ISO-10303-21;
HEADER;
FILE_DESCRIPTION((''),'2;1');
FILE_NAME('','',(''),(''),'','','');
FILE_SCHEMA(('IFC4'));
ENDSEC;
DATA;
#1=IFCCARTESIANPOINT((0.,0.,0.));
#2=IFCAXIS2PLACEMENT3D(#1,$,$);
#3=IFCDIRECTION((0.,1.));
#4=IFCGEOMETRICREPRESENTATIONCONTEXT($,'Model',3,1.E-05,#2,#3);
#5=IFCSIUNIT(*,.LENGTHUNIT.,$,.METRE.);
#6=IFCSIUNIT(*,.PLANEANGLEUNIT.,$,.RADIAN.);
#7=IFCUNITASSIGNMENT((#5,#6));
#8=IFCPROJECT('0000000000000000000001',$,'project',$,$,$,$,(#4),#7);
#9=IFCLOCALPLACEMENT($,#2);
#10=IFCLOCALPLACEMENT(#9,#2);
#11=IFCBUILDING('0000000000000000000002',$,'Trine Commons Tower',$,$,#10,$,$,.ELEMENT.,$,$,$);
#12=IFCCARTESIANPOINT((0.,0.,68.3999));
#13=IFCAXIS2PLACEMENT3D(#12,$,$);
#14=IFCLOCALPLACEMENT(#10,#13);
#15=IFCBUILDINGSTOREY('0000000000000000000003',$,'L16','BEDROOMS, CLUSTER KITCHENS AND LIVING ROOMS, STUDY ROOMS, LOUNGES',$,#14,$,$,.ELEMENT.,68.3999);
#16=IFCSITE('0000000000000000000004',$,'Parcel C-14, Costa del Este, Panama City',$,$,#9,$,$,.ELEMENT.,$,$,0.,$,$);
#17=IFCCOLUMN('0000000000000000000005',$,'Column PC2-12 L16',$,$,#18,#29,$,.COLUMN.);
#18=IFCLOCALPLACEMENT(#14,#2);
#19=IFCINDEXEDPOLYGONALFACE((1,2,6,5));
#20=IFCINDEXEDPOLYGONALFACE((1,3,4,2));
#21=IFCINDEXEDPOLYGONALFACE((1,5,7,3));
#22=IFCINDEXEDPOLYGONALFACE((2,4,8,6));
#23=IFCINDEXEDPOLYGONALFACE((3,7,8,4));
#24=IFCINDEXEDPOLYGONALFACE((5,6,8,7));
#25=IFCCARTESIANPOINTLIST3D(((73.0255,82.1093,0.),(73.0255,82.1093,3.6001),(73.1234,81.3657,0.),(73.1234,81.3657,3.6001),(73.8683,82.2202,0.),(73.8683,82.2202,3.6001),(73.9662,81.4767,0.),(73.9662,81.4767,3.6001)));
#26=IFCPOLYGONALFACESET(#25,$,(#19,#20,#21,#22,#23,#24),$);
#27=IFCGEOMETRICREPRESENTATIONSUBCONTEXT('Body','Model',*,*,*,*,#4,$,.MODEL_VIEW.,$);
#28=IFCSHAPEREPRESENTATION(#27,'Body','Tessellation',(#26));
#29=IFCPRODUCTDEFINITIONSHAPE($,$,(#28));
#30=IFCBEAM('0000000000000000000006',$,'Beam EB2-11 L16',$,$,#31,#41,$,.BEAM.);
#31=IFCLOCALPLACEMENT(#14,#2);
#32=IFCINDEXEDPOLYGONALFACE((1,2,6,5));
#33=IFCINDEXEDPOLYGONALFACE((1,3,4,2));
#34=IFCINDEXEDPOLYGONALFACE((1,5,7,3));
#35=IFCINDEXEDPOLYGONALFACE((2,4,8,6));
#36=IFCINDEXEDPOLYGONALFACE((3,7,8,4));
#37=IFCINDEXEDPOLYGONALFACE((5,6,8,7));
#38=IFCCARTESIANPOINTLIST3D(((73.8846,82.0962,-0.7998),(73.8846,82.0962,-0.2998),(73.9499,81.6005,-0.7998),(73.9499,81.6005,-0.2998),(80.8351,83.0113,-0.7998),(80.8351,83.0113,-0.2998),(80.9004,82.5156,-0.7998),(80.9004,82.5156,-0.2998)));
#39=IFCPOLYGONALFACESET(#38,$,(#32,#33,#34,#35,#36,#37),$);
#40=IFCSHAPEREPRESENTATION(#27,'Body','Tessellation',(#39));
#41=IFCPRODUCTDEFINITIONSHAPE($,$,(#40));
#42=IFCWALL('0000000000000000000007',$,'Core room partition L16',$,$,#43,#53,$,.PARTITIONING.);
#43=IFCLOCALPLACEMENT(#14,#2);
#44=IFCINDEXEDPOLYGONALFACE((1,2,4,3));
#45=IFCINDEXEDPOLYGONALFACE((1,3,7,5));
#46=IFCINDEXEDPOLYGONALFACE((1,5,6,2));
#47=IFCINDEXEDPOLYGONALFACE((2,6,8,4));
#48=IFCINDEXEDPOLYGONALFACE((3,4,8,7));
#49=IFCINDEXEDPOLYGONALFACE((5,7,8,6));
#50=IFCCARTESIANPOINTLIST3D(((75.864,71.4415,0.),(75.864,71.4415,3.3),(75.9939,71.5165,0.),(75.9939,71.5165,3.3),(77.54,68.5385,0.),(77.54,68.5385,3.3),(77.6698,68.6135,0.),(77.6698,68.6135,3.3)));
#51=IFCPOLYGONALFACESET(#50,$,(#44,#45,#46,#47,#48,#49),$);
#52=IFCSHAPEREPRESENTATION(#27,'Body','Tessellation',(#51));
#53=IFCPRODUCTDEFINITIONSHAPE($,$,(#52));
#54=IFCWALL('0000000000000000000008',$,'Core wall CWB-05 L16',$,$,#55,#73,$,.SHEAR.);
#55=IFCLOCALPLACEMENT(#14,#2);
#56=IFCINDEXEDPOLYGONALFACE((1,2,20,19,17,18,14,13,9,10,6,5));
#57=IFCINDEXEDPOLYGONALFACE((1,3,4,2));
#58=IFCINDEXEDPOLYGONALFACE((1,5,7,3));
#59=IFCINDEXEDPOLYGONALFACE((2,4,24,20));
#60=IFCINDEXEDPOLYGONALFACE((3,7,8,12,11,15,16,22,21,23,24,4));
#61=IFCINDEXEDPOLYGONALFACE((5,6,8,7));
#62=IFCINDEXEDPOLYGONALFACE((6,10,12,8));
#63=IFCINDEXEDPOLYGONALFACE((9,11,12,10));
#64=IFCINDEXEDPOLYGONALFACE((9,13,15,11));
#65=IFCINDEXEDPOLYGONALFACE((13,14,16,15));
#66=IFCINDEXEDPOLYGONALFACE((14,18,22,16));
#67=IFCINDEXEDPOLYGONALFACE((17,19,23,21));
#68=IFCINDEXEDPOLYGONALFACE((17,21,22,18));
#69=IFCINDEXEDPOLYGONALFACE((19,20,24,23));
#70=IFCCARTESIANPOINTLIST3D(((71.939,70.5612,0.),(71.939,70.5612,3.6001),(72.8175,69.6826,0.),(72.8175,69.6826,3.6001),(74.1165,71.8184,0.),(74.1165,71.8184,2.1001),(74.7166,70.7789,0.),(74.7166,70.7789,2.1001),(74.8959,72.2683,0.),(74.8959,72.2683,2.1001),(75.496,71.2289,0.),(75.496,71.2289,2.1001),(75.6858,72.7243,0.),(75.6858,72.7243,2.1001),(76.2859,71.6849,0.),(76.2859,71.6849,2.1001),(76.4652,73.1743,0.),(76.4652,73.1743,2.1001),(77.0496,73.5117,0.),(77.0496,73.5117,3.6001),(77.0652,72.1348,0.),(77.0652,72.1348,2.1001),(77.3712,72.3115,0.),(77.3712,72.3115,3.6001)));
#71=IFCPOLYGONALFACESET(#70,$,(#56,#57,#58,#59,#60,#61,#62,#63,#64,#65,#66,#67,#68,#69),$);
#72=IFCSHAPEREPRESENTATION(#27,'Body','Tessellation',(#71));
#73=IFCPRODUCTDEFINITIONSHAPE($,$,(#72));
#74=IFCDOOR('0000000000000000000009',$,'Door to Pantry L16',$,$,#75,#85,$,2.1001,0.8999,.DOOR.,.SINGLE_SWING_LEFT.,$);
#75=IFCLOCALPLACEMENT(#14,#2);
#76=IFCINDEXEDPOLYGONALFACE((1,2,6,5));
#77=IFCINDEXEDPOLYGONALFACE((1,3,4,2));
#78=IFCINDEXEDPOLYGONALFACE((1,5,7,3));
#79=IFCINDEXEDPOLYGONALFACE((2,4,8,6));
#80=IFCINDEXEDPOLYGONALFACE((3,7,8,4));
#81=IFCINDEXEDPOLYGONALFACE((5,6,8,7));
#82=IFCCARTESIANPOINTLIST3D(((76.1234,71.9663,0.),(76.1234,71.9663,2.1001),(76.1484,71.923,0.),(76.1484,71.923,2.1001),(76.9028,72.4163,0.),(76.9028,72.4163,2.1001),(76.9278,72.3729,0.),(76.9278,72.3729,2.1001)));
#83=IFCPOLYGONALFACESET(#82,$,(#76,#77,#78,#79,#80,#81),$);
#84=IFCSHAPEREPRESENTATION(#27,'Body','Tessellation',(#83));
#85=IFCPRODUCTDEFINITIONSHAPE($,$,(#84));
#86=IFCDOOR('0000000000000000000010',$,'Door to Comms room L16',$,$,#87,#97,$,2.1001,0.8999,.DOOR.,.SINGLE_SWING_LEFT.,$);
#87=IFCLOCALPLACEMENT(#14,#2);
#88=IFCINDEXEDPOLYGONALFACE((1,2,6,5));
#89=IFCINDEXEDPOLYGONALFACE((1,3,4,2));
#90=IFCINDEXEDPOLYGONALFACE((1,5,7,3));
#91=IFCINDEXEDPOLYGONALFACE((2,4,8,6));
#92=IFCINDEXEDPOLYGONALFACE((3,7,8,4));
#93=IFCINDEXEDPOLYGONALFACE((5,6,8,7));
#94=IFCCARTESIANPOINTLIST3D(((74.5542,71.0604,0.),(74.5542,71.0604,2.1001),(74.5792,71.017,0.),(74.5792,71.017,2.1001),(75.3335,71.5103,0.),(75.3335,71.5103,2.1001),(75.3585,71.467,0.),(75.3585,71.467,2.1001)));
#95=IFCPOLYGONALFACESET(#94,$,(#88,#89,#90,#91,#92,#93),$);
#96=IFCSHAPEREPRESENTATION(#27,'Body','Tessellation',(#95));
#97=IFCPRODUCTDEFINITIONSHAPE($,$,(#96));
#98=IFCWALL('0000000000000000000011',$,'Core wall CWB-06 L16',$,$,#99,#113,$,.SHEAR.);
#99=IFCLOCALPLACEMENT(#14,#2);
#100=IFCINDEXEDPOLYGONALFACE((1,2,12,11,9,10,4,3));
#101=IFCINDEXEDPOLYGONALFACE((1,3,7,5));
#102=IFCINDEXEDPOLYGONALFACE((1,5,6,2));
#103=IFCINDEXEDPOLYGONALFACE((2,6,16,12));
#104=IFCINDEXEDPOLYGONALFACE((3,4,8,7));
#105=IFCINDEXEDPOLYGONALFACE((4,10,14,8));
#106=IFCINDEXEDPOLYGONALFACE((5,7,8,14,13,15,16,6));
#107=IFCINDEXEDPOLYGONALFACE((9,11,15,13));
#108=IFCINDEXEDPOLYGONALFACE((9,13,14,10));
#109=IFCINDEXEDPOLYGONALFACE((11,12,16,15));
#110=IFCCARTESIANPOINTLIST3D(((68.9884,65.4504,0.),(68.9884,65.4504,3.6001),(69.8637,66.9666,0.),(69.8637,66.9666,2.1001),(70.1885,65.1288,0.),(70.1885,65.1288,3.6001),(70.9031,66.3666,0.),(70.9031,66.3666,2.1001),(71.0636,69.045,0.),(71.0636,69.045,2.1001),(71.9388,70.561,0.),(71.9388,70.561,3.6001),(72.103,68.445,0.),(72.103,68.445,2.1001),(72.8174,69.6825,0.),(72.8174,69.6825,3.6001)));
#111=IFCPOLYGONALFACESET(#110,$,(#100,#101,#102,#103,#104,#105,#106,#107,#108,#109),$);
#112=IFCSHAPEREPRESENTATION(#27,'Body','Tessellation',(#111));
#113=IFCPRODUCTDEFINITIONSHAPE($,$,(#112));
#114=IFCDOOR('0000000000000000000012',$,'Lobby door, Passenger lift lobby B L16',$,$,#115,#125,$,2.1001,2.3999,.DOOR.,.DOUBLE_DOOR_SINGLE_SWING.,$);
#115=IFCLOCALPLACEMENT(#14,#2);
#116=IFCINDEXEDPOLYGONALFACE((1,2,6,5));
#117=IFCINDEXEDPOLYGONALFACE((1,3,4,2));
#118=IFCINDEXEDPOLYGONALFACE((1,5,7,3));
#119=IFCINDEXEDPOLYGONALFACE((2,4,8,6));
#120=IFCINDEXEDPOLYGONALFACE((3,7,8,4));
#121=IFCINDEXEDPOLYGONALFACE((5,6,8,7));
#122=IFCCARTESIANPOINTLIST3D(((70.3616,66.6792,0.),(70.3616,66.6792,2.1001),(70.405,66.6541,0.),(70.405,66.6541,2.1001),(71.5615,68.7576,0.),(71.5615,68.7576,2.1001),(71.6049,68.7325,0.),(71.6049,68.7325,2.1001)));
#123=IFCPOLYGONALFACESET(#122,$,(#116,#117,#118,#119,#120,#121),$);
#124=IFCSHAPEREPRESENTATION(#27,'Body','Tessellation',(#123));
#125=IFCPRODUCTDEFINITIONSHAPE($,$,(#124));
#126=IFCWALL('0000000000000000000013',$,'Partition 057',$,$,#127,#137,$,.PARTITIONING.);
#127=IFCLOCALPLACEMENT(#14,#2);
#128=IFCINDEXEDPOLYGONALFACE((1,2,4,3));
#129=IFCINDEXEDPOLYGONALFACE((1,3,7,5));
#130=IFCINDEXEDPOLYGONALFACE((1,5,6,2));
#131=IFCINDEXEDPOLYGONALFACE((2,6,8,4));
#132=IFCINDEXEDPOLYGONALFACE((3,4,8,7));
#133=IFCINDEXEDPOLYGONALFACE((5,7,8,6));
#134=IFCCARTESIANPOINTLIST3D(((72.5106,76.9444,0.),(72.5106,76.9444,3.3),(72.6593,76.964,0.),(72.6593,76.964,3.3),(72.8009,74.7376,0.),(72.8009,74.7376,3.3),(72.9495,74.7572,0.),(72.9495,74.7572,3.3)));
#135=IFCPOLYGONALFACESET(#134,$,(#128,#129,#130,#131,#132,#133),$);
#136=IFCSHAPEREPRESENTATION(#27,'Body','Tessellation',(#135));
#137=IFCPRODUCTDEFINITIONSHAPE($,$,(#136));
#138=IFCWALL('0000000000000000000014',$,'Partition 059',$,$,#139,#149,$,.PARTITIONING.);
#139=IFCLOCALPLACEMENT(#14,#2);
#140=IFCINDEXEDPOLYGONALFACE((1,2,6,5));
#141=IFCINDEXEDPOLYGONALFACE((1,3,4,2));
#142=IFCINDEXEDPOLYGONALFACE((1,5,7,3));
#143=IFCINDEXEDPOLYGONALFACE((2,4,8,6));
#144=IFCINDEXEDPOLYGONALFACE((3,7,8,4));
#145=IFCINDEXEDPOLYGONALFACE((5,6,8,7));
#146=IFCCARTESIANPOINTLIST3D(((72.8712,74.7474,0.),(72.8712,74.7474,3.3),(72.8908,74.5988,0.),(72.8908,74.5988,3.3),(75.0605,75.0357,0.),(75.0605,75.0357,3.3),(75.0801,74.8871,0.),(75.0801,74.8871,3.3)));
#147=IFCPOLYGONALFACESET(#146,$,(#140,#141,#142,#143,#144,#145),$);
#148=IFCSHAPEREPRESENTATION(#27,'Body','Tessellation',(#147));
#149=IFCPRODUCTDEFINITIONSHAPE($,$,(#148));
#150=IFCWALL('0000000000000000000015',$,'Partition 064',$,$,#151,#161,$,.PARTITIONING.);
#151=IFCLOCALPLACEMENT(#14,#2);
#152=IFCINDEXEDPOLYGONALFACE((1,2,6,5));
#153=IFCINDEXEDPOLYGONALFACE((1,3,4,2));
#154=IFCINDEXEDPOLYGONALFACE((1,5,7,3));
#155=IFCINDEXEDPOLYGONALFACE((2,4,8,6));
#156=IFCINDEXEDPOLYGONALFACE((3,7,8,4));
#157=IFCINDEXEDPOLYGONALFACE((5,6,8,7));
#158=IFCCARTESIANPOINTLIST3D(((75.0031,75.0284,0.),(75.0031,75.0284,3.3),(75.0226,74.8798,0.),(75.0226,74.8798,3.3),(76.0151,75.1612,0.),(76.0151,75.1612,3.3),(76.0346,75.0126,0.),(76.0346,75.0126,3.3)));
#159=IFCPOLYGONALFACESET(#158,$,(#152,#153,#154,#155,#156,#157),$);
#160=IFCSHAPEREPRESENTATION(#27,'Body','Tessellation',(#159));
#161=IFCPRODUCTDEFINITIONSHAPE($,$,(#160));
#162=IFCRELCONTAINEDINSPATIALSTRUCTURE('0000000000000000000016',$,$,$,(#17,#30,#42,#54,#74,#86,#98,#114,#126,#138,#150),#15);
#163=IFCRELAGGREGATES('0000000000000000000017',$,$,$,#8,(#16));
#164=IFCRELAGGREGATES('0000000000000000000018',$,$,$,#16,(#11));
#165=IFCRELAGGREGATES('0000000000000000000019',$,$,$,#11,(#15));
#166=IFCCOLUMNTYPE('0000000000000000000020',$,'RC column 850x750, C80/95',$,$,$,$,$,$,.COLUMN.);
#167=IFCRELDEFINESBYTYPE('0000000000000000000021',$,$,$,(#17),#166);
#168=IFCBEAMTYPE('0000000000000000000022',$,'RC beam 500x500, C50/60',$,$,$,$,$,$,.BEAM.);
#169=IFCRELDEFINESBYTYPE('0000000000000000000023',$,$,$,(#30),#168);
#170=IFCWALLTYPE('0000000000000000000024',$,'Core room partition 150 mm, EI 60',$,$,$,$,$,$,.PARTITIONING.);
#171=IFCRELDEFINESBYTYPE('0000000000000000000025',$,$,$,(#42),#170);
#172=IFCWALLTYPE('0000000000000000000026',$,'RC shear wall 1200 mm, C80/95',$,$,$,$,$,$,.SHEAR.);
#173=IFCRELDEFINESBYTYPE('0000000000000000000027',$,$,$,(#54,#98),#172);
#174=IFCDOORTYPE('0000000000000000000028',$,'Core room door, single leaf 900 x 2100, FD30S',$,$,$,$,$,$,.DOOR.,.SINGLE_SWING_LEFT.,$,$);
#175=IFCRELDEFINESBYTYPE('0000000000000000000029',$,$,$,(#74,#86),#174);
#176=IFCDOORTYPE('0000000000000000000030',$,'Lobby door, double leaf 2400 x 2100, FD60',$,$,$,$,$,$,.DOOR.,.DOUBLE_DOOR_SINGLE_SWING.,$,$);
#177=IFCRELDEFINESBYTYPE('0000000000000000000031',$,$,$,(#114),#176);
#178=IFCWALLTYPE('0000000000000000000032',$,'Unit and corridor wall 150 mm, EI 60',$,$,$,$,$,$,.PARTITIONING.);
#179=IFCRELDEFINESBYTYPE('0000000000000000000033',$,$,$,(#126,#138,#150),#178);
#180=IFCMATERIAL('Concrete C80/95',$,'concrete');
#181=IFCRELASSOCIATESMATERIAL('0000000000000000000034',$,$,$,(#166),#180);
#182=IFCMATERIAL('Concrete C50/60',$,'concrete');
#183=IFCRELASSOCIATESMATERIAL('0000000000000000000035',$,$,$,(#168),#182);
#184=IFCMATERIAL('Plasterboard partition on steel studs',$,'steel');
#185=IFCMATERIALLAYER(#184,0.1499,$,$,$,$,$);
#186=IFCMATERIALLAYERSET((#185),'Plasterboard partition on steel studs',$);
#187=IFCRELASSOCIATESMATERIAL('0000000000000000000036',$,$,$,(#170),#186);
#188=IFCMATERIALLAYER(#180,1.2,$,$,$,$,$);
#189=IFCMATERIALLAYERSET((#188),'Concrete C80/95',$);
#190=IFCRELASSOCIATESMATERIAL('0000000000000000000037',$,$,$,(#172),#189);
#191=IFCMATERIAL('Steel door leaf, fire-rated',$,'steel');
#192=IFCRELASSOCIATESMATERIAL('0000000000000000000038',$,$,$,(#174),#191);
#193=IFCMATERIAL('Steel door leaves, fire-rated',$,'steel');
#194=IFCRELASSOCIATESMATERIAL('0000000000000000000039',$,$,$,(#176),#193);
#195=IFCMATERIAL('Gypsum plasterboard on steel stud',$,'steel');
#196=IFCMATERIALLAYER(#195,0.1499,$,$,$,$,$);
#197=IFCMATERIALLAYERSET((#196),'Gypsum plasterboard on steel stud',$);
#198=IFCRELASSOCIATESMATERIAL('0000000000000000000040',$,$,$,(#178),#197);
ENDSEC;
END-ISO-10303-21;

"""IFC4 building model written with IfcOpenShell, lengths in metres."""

from ifc_helpers import new_model, si_unit, direction, frame, frame_2d, origin, origin_2d, place, context, subcontext, project, spatial, polyline, rectangle, outline, extrude, material, layer, layer_set, material_profile, profile_set, type_object, element, fill, save


model = new_model("IFC4")

# Units and contexts
model_context = context("Model", 3, precision=1e-05, world=origin(), true_north=direction((0.0, 1.0)))
body_context = subcontext(model_context, "Body", "Model", "MODEL_VIEW")
ifc_project = project(units=[si_unit("LENGTHUNIT", "METRE"), si_unit("PLANEANGLEUNIT", "RADIAN")], contexts=[model_context])

# Site, building, storey
site_placement = place(None, origin())
site = spatial("IfcSite", under=ifc_project, at=site_placement, Name="Parcel C-14, Costa del Este, Panama City", CompositionType="ELEMENT", RefElevation=0.0)
building_placement = place(site_placement, origin())
building = spatial("IfcBuilding", under=site, at=building_placement, Name="Trine Commons Tower", CompositionType="ELEMENT")
storey_placement = place(building_placement, frame((0.0, 0.0, 68.3999)))
storey = spatial("IfcBuildingStorey", under=building, at=storey_placement, Name="L16", Description="BEDROOMS, CLUSTER KITCHENS AND LIVING ROOMS, STUDY ROOMS, LOUNGES", CompositionType="ELEMENT", Elevation=68.3999)

# Column
ifc_material_1 = material(Name="Concrete C80/95", Category="concrete")
ifc_material_profile_1 = material_profile(ifc_material_1, rectangle(XDim=0.8501, YDim=0.75, at=origin_2d()), Name="RC 850x750")
ifc_profile_set_1 = profile_set([ifc_material_profile_1], Name="Concrete C80/95")
column_type = type_object("IfcColumnType", Name="RC column 850x750, C80/95", PredefinedType="COLUMN", material=ifc_profile_set_1)
column_placement = place(storey_placement, frame((73.4958, 81.793, 0.0), z_axis=(0.0, 0.0, 1.0), x_axis=(0.991445, 0.130526, 0.0)))
element("IfcColumn", 1, at=column_placement, inside=storey, type_object=column_type, Name="Column PC2-12 L16", PredefinedType="COLUMN", context=body_context, shape_type="SweptSolid", body=[
    extrude(rectangle(XDim=0.8501, YDim=0.75, at=origin_2d()), origin(), (0.0, 0.0, 1.0), 3.6001),
])

# Beam
ifc_material_2 = material(Name="Concrete C50/60", Category="concrete")
ifc_material_profile_2 = material_profile(ifc_material_2, rectangle(XDim=0.5, YDim=0.5, at=origin_2d()), Name="RC 500x500")
ifc_profile_set_2 = profile_set([ifc_material_profile_2], Name="Concrete C50/60")
beam_type = type_object("IfcBeamType", Name="RC beam 500x500, C50/60", PredefinedType="BEAM", material=ifc_profile_set_2)
beam_placement = place(storey_placement, frame((73.9172, 81.8484, -0.5498), z_axis=(0.991445, 0.130526, 0.0), x_axis=(-0.130526, 0.991445, 0.0)))
element("IfcBeam", 2, at=beam_placement, inside=storey, type_object=beam_type, Name="Beam EB2-11 L16", PredefinedType="BEAM", context=body_context, shape_type="SweptSolid", body=[
    extrude(rectangle(XDim=0.5, YDim=0.5, at=origin_2d()), origin(), (0.0, 0.0, 1.0), 7.0105),
])

# Wall
ifc_material_3 = material(Name="Plasterboard partition on steel studs", Category="steel")
ifc_layer_1 = layer(ifc_material_3, 0.1499)
ifc_layer_set_1 = layer_set([ifc_layer_1], Name="Plasterboard partition on steel studs")
wall_type_1 = type_object("IfcWallType", Name="Core room partition 150 mm, EI 60", PredefinedType="PARTITIONING", material=ifc_layer_set_1)
wall_1_placement = place(storey_placement, frame((75.929, 71.479, 0.0), z_axis=(0.0, 0.0, 1.0), x_axis=(0.499985, -0.866034, 0.0)))
element("IfcWall", 3, at=wall_1_placement, inside=storey, type_object=wall_type_1, Name="Core room partition L16", PredefinedType="PARTITIONING", context=body_context, shape_type="SweptSolid", body=[
    extrude(rectangle(XDim=3.3521, YDim=0.1499, at=frame_2d((1.676, 0.0))), origin(), (0.0, 0.0, 1.0), 3.3),
])

# Wall, openings, doors
ifc_layer_2 = layer(ifc_material_1, 1.2)
ifc_layer_set_2 = layer_set([ifc_layer_2], Name="Concrete C80/95")
wall_type_2 = type_object("IfcWallType", Name="RC shear wall 1200 mm, C80/95", PredefinedType="SHEAR", material=ifc_layer_set_2)
wall_2_placement = place(storey_placement, frame((77.3496, 72.9919, 0.0), z_axis=(0.0, 0.0, 1.0), x_axis=(-0.866037, -0.499979, 0.0)))
wall_2 = element("IfcWall", 4, at=wall_2_placement, inside=storey, type_object=wall_type_2, Name="Core wall CWB-05 L16", PredefinedType="SHEAR", context=body_context, shape_type="SweptSolid", body=[
    extrude(outline(polyline([(0.0, -0.6001), (5.9011, -0.6001), (5.5796, 0.6001), (0.3215, 0.6001), (0.0, -0.6001)])), origin(), (0.0, 0.0, 1.0), 3.6001),
])
opening_1_placement = place(wall_2_placement, frame((0.6748, 0.0, 0.0)))
opening_1 = element("IfcOpeningElement", 5, at=opening_1_placement, cuts=wall_2, PredefinedType="OPENING", context=body_context, shape_type="SweptSolid", body=[
    extrude(rectangle(XDim=0.8999, YDim=2.1001, at=frame_2d((0.45, 1.05))), frame((0.0, 0.6099, 0.0), z_axis=(0.0, -1.0, 0.0), x_axis=(1.0, 0.0, 0.0)), (0.0, 0.0, 1.0), 1.22),
])
opening_2_placement = place(wall_2_placement, frame((2.4868, 0.0, 0.0)))
opening_2 = element("IfcOpeningElement", 6, at=opening_2_placement, cuts=wall_2, PredefinedType="OPENING", context=body_context, shape_type="SweptSolid", body=[
    extrude(rectangle(XDim=0.8999, YDim=2.1001, at=frame_2d((0.45, 1.05))), frame((0.0, 0.6099, 0.0), z_axis=(0.0, -1.0, 0.0), x_axis=(1.0, 0.0, 0.0)), (0.0, 0.0, 1.0), 1.22),
])
ifc_material_4 = material(Name="Steel door leaf, fire-rated", Category="steel")
door_type_1 = type_object("IfcDoorType", Name="Core room door, single leaf 900 x 2100, FD30S", OperationType="SINGLE_SWING_LEFT", PredefinedType="DOOR", material=ifc_material_4)
door_1_placement = place(opening_1_placement, origin())
door_1 = element("IfcDoor", 7, at=door_1_placement, inside=storey, type_object=door_type_1, Name="Door to Pantry L16", OperationType="SINGLE_SWING_LEFT", OverallHeight=2.1001, OverallWidth=0.8999, PredefinedType="DOOR", context=body_context, shape_type="SweptSolid", body=[
    extrude(rectangle(XDim=0.8999, YDim=2.1001, at=frame_2d((0.45, 1.05))), frame((0.0, 0.3252, 0.0), z_axis=(0.0, -1.0, 0.0), x_axis=(1.0, 0.0, 0.0)), (0.0, 0.0, 1.0), 0.05),
])
fill(opening_1, door_1)
door_2_placement = place(opening_2_placement, origin())
door_2 = element("IfcDoor", 8, at=door_2_placement, inside=storey, type_object=door_type_1, Name="Door to Comms room L16", OperationType="SINGLE_SWING_LEFT", OverallHeight=2.1001, OverallWidth=0.8999, PredefinedType="DOOR", context=body_context, shape_type="SweptSolid", body=[
    extrude(rectangle(XDim=0.8999, YDim=2.1001, at=frame_2d((0.45, 1.05))), frame((0.0, 0.3252, 0.0), z_axis=(0.0, -1.0, 0.0), x_axis=(1.0, 0.0, 0.0)), (0.0, 0.0, 1.0), 0.05),
])
fill(opening_2, door_2)

# Wall, opening, door
wall_3_placement = place(storey_placement, frame((72.4585, 70.261, 0.0), z_axis=(0.0, 0.0, 1.0), x_axis=(-0.499979, -0.866037, 0.0)))
wall_3 = element("IfcWall", 9, at=wall_3_placement, inside=storey, type_object=wall_type_2, Name="Core wall CWB-06 L16", PredefinedType="SHEAR", context=body_context, shape_type="SweptSolid", body=[
    extrude(outline(polyline([(0.0, -0.6001), (5.9011, -0.6001), (5.5796, 0.6001), (0.3215, 0.6001), (0.0, -0.6001)])), origin(), (0.0, 0.0, 1.0), 3.6001),
])
opening_3_placement = place(wall_3_placement, frame((1.7505, 0.0, 0.0)))
opening_3 = element("IfcOpeningElement", 10, at=opening_3_placement, cuts=wall_3, PredefinedType="OPENING", context=body_context, shape_type="SweptSolid", body=[
    extrude(rectangle(XDim=2.3999, YDim=2.1001, at=frame_2d((1.2, 1.05))), frame((0.0, 0.6099, 0.0), z_axis=(0.0, -1.0, 0.0), x_axis=(1.0, 0.0, 0.0)), (0.0, 0.0, 1.0), 1.22),
])
ifc_material_5 = material(Name="Steel door leaves, fire-rated", Category="steel")
door_type_2 = type_object("IfcDoorType", Name="Lobby door, double leaf 2400 x 2100, FD60", OperationType="DOUBLE_DOOR_SINGLE_SWING", PredefinedType="DOOR", material=ifc_material_5)
door_3_placement = place(opening_3_placement, origin())
door_3 = element("IfcDoor", 11, at=door_3_placement, inside=storey, type_object=door_type_2, Name="Lobby door, Passenger lift lobby B L16", OperationType="DOUBLE_DOOR_SINGLE_SWING", OverallHeight=2.1001, OverallWidth=2.3999, PredefinedType="DOOR", context=body_context, shape_type="SweptSolid", body=[
    extrude(rectangle(XDim=2.3999, YDim=2.1001, at=frame_2d((1.2, 1.05))), frame((0.0, 0.0249, 0.0), z_axis=(0.0, -1.0, 0.0), x_axis=(1.0, 0.0, 0.0)), (0.0, 0.0, 1.0), 0.05),
])
fill(opening_3, door_3)

# Walls
ifc_material_6 = material(Name="Gypsum plasterboard on steel stud", Category="steel")
ifc_layer_3 = layer(ifc_material_6, 0.1499)
ifc_layer_set_3 = layer_set([ifc_layer_3], Name="Gypsum plasterboard on steel stud")
wall_type_3 = type_object("IfcWallType", Name="Unit and corridor wall 150 mm, EI 60", PredefinedType="PARTITIONING", material=ifc_layer_set_3)
wall_4_placement = place(storey_placement, frame((72.585, 76.9541, 0.0), z_axis=(0.0, 0.0, 1.0), x_axis=(0.130418, -0.991459, 0.0)))
element("IfcWall", 12, at=wall_4_placement, inside=storey, type_object=wall_type_3, Name="Partition 057", PredefinedType="PARTITIONING", context=body_context, shape_type="SweptSolid", body=[
    extrude(rectangle(XDim=2.2258, YDim=0.1499, at=frame_2d((1.1128, 0.0))), origin(), (0.0, 0.0, 1.0), 3.3),
])
wall_5_placement = place(storey_placement, frame((72.8811, 74.6731, 0.0), z_axis=(0.0, 0.0, 1.0), x_axis=(0.99144, 0.130563, 0.0)))
element("IfcWall", 13, at=wall_5_placement, inside=storey, type_object=wall_type_3, Name="Partition 059", PredefinedType="PARTITIONING", context=body_context, shape_type="SweptSolid", body=[
    extrude(rectangle(XDim=2.2083, YDim=0.1499, at=frame_2d((1.104, 0.0))), origin(), (0.0, 0.0, 1.0), 3.3),
])
wall_6_placement = place(storey_placement, frame((75.0129, 74.9541, 0.0), z_axis=(0.0, 0.0, 1.0), x_axis=(0.991497, 0.130127, 0.0)))
element("IfcWall", 14, at=wall_6_placement, inside=storey, type_object=wall_type_3, Name="Partition 064", PredefinedType="PARTITIONING", context=body_context, shape_type="SweptSolid", body=[
    extrude(rectangle(XDim=1.0208, YDim=0.1499, at=frame_2d((0.5103, 0.0))), origin(), (0.0, 0.0, 1.0), 3.3),
])

save(model, "model.ifc")
